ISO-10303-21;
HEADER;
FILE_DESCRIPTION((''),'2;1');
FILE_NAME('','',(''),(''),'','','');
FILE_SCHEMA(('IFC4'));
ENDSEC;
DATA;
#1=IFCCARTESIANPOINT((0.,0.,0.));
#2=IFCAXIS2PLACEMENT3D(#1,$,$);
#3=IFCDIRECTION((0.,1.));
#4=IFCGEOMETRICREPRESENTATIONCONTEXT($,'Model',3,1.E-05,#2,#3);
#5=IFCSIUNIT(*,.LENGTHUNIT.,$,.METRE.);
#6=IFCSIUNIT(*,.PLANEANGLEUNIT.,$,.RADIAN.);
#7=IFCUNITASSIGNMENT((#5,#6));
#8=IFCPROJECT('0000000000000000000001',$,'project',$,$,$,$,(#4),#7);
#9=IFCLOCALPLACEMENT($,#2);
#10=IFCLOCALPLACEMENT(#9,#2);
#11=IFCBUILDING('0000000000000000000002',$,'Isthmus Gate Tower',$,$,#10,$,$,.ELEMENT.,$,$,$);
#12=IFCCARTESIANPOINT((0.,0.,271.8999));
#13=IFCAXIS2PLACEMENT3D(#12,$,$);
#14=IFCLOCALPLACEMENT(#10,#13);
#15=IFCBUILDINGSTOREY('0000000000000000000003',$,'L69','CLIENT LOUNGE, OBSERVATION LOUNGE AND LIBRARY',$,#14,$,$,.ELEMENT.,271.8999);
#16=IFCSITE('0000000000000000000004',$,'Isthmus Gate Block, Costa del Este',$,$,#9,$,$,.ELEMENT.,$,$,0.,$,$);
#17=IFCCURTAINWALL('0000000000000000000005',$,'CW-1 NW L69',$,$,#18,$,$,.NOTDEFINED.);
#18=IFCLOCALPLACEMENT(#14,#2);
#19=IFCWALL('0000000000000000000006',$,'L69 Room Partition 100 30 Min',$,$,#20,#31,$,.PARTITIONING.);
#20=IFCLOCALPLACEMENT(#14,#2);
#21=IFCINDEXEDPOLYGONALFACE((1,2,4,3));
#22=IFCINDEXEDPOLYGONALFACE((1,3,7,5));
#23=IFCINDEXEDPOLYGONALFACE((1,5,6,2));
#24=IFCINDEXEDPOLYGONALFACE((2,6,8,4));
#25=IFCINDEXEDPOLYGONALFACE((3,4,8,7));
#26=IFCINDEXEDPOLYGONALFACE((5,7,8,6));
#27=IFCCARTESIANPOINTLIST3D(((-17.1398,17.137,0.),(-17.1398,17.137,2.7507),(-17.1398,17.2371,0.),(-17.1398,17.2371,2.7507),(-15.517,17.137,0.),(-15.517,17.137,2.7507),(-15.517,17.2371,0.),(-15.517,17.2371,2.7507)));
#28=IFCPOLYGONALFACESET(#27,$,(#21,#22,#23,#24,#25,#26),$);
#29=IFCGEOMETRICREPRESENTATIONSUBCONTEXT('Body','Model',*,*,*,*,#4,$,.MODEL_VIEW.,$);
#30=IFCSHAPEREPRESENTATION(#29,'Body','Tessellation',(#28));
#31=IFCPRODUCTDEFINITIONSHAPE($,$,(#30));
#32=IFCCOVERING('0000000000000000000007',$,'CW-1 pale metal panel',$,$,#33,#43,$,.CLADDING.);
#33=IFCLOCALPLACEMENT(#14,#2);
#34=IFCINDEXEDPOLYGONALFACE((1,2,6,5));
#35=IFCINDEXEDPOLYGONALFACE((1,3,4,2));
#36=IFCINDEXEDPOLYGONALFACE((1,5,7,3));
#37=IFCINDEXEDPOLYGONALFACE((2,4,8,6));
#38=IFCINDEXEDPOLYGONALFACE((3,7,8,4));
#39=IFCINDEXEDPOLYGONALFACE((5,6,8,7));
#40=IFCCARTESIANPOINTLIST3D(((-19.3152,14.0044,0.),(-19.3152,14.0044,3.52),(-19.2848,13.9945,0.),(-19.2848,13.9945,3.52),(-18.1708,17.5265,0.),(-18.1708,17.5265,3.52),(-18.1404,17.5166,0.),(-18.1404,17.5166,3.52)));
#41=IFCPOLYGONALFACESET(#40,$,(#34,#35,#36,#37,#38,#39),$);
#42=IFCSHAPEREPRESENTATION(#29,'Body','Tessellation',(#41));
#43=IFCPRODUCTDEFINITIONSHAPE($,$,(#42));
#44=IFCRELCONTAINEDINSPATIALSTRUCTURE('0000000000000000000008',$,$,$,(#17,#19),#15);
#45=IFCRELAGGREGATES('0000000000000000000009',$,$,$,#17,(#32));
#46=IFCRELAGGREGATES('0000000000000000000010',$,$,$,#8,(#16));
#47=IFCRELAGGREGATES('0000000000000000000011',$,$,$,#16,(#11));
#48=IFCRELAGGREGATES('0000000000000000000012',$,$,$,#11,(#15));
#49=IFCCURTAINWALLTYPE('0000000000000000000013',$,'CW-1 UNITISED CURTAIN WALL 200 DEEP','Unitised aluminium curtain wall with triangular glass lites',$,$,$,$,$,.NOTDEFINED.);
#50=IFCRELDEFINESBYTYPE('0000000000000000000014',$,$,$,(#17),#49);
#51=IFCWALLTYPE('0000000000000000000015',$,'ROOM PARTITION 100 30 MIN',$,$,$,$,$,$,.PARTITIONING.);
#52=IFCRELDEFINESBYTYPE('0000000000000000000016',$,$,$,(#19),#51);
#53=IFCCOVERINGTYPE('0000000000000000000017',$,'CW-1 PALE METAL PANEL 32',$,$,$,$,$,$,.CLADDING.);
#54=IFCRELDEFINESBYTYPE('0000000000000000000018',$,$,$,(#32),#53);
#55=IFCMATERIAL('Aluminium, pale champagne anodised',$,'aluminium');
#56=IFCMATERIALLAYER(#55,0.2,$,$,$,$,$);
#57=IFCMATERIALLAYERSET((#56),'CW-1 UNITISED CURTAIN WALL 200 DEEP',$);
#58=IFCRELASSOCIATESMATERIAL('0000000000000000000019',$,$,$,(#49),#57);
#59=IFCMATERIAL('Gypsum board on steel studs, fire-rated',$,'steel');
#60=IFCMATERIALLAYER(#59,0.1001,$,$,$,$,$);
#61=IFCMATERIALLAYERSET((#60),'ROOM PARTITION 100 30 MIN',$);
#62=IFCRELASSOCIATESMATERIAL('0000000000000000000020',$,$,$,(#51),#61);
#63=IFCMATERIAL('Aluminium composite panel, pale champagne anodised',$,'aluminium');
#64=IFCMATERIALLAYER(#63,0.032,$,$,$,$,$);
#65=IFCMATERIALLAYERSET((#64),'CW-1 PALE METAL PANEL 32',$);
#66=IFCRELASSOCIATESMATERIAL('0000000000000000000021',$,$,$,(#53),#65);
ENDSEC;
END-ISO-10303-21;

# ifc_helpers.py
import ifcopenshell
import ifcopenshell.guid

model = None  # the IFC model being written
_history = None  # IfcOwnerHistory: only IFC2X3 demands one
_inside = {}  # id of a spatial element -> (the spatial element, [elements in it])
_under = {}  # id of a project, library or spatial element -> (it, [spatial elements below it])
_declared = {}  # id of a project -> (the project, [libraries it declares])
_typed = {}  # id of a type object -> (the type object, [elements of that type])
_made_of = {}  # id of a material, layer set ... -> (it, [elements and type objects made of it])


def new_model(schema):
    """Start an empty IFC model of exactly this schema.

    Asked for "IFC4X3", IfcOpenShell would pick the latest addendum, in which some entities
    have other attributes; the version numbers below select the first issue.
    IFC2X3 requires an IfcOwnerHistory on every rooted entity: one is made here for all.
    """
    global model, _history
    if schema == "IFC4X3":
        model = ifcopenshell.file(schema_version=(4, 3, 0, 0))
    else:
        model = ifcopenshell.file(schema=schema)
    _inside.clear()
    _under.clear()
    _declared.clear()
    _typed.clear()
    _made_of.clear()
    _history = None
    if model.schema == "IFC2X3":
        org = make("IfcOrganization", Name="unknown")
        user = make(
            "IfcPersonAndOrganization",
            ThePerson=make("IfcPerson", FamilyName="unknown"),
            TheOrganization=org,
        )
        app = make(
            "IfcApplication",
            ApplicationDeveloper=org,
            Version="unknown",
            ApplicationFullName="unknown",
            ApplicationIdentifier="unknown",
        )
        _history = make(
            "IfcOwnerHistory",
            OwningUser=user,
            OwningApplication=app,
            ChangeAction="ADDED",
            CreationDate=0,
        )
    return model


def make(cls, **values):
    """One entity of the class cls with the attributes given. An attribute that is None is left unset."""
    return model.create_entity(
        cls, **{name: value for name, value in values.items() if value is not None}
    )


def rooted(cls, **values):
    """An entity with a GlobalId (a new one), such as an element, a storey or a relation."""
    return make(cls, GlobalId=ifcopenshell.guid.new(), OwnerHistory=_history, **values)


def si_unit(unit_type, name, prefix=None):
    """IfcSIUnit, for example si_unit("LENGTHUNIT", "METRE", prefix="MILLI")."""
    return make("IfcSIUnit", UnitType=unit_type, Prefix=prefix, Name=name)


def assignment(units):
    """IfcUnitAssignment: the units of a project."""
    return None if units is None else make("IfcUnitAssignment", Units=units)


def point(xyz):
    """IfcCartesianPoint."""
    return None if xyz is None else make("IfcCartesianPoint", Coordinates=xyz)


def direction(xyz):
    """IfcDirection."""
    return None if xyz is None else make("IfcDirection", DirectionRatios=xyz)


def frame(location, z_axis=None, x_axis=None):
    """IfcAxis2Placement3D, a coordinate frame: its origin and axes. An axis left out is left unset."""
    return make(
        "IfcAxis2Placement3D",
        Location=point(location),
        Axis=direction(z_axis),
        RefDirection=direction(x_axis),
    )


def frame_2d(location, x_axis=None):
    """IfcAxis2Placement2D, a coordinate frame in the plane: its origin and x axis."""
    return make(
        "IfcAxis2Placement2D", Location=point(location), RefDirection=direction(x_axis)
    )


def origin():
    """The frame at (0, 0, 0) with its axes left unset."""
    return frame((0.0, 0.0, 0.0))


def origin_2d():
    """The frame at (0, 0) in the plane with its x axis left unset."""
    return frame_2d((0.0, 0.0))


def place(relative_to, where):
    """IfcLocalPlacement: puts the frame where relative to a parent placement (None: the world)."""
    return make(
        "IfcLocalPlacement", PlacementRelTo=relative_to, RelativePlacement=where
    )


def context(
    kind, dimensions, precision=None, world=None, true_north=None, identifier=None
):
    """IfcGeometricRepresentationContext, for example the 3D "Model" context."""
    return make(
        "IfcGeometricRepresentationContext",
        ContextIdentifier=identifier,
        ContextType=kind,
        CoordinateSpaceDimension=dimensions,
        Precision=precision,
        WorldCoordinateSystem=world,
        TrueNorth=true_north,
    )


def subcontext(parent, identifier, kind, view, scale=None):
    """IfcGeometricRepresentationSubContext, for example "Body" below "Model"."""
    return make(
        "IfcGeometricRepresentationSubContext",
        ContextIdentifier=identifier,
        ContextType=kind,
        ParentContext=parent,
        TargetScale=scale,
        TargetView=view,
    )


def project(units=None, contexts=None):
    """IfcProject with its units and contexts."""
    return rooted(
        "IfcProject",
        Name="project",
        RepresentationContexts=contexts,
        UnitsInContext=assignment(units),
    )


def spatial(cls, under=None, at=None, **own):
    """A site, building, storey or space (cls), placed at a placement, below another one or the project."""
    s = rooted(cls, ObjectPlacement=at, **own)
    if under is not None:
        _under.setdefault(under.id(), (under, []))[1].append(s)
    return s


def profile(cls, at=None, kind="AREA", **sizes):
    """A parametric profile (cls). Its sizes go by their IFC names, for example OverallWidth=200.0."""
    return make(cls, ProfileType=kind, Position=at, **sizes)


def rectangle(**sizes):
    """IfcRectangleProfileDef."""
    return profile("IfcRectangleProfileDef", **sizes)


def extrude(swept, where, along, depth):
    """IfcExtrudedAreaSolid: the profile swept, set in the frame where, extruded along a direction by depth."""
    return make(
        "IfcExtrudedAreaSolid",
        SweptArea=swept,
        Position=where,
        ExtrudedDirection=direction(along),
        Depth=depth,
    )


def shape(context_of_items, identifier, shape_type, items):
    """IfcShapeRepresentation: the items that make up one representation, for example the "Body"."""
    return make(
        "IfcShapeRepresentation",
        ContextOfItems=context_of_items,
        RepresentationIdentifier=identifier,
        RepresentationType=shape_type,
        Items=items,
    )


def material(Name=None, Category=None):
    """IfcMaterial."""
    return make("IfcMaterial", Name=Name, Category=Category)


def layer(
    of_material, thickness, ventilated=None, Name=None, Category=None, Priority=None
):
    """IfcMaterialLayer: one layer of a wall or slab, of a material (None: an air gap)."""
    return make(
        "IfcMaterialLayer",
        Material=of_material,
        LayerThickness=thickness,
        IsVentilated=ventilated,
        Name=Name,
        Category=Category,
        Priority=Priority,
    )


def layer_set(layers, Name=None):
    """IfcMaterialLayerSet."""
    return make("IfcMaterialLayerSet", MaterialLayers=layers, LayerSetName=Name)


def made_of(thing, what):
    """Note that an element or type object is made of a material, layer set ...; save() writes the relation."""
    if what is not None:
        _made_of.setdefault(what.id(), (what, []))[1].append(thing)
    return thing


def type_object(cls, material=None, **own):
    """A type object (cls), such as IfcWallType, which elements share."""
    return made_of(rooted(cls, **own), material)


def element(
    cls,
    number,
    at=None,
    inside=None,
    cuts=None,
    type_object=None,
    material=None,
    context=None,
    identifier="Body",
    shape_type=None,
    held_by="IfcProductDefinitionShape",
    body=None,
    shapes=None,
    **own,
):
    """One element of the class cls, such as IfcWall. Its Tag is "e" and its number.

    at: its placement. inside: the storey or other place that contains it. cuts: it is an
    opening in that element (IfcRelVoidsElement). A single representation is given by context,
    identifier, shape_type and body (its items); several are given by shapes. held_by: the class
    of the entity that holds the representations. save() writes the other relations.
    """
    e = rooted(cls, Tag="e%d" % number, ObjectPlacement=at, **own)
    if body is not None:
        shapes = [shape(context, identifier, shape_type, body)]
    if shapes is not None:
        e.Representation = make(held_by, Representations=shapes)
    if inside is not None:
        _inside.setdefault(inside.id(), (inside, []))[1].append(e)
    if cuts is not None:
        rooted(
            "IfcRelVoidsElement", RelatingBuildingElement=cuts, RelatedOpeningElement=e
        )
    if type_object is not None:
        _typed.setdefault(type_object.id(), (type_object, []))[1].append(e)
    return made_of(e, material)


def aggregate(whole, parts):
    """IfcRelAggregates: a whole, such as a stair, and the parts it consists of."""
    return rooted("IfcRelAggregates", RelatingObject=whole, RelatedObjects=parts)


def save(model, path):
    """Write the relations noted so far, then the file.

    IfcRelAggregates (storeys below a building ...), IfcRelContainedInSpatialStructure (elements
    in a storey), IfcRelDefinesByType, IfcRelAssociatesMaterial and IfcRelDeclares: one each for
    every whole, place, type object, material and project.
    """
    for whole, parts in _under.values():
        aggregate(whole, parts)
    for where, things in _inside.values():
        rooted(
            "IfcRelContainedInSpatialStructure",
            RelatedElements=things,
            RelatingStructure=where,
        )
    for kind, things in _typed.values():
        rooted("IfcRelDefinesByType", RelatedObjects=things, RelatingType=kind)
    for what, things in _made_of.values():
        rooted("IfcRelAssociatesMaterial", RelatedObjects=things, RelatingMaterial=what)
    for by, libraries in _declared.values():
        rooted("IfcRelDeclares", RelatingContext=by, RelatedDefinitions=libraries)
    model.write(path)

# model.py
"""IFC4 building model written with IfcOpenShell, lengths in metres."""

from ifc_helpers import new_model, si_unit, direction, frame, frame_2d, origin, origin_2d, place, context, subcontext, project, spatial, rectangle, extrude, material, layer, layer_set, type_object, element, aggregate, save


model = new_model("IFC4")

# Units and contexts
model_context = context("Model", 3, precision=1e-05, world=origin(), true_north=direction((0.0, 1.0)))
body_context = subcontext(model_context, "Body", "Model", "MODEL_VIEW")
ifc_project = project(units=[si_unit("LENGTHUNIT", "METRE"), si_unit("PLANEANGLEUNIT", "RADIAN")], contexts=[model_context])

# Site, building, storey
site_placement = place(None, origin())
site = spatial("IfcSite", under=ifc_project, at=site_placement, Name="Isthmus Gate Block, Costa del Este", CompositionType="ELEMENT", RefElevation=0.0)
building_placement = place(site_placement, origin())
building = spatial("IfcBuilding", under=site, at=building_placement, Name="Isthmus Gate Tower", CompositionType="ELEMENT")
storey_placement = place(building_placement, frame((0.0, 0.0, 271.8999)))
storey = spatial("IfcBuildingStorey", under=building, at=storey_placement, Name="L69", Description="CLIENT LOUNGE, OBSERVATION LOUNGE AND LIBRARY", CompositionType="ELEMENT", Elevation=271.8999)

# Shared definitions
ifc_material_1 = material(Name="Aluminium, pale champagne anodised", Category="aluminium")
ifc_layer_1 = layer(ifc_material_1, 0.2)
ifc_layer_set_1 = layer_set([ifc_layer_1], Name="CW-1 UNITISED CURTAIN WALL 200 DEEP")
curtain_wall_type = type_object("IfcCurtainWallType", Name="CW-1 UNITISED CURTAIN WALL 200 DEEP", Description="Unitised aluminium curtain wall with triangular glass lites", PredefinedType="NOTDEFINED", material=ifc_layer_set_1)

# Curtain wall
curtain_wall_1_placement = place(storey_placement, origin())
curtain_wall_1 = element("IfcCurtainWall", 1, at=curtain_wall_1_placement, inside=storey, type_object=curtain_wall_type, Name="CW-1 NW L69", PredefinedType="NOTDEFINED")

# Wall
ifc_material_2 = material(Name="Gypsum board on steel studs, fire-rated", Category="steel")
ifc_layer_2 = layer(ifc_material_2, 0.1001)
ifc_layer_set_2 = layer_set([ifc_layer_2], Name="ROOM PARTITION 100 30 MIN")
wall_type_1 = type_object("IfcWallType", Name="ROOM PARTITION 100 30 MIN", PredefinedType="PARTITIONING", material=ifc_layer_set_2)
wall_1_placement = place(storey_placement, frame((-17.1399, 17.187, 0.0), z_axis=(0.0, 0.0, 1.0), x_axis=(1.0, 0.0, 0.0)))
element("IfcWall", 2, at=wall_1_placement, inside=storey, type_object=wall_type_1, Name="L69 Room Partition 100 30 Min", PredefinedType="PARTITIONING", context=body_context, shape_type="SweptSolid", body=[
    extrude(rectangle(XDim=1.6228, YDim=0.1001, at=frame_2d((0.8115, 0.0))), origin(), (0.0, 0.0, 1.0), 2.7507),
])

# Covering
ifc_material_3 = material(Name="Aluminium composite panel, pale champagne anodised", Category="aluminium")
ifc_layer_3 = layer(ifc_material_3, 0.032)
ifc_layer_set_3 = layer_set([ifc_layer_3], Name="CW-1 PALE METAL PANEL 32")
covering_type = type_object("IfcCoveringType", Name="CW-1 PALE METAL PANEL 32", PredefinedType="CLADDING", material=ifc_layer_set_3)
covering_placement = place(storey_placement, frame((-18.7278, 15.7605, 0.0), z_axis=(0.0, 0.0, 1.0), x_axis=(-0.309017, -0.951057, 0.0)))
covering = element("IfcCovering", 3, at=covering_placement, type_object=covering_type, Name="CW-1 pale metal panel", PredefinedType="CLADDING", context=body_context, shape_type="SweptSolid", body=[
    extrude(rectangle(XDim=3.7034, YDim=0.032, at=origin_2d()), origin(), (0.0, 0.0, 1.0), 3.52),
])
aggregate(curtain_wall_1, [covering])

save(model, "model.ifc")
